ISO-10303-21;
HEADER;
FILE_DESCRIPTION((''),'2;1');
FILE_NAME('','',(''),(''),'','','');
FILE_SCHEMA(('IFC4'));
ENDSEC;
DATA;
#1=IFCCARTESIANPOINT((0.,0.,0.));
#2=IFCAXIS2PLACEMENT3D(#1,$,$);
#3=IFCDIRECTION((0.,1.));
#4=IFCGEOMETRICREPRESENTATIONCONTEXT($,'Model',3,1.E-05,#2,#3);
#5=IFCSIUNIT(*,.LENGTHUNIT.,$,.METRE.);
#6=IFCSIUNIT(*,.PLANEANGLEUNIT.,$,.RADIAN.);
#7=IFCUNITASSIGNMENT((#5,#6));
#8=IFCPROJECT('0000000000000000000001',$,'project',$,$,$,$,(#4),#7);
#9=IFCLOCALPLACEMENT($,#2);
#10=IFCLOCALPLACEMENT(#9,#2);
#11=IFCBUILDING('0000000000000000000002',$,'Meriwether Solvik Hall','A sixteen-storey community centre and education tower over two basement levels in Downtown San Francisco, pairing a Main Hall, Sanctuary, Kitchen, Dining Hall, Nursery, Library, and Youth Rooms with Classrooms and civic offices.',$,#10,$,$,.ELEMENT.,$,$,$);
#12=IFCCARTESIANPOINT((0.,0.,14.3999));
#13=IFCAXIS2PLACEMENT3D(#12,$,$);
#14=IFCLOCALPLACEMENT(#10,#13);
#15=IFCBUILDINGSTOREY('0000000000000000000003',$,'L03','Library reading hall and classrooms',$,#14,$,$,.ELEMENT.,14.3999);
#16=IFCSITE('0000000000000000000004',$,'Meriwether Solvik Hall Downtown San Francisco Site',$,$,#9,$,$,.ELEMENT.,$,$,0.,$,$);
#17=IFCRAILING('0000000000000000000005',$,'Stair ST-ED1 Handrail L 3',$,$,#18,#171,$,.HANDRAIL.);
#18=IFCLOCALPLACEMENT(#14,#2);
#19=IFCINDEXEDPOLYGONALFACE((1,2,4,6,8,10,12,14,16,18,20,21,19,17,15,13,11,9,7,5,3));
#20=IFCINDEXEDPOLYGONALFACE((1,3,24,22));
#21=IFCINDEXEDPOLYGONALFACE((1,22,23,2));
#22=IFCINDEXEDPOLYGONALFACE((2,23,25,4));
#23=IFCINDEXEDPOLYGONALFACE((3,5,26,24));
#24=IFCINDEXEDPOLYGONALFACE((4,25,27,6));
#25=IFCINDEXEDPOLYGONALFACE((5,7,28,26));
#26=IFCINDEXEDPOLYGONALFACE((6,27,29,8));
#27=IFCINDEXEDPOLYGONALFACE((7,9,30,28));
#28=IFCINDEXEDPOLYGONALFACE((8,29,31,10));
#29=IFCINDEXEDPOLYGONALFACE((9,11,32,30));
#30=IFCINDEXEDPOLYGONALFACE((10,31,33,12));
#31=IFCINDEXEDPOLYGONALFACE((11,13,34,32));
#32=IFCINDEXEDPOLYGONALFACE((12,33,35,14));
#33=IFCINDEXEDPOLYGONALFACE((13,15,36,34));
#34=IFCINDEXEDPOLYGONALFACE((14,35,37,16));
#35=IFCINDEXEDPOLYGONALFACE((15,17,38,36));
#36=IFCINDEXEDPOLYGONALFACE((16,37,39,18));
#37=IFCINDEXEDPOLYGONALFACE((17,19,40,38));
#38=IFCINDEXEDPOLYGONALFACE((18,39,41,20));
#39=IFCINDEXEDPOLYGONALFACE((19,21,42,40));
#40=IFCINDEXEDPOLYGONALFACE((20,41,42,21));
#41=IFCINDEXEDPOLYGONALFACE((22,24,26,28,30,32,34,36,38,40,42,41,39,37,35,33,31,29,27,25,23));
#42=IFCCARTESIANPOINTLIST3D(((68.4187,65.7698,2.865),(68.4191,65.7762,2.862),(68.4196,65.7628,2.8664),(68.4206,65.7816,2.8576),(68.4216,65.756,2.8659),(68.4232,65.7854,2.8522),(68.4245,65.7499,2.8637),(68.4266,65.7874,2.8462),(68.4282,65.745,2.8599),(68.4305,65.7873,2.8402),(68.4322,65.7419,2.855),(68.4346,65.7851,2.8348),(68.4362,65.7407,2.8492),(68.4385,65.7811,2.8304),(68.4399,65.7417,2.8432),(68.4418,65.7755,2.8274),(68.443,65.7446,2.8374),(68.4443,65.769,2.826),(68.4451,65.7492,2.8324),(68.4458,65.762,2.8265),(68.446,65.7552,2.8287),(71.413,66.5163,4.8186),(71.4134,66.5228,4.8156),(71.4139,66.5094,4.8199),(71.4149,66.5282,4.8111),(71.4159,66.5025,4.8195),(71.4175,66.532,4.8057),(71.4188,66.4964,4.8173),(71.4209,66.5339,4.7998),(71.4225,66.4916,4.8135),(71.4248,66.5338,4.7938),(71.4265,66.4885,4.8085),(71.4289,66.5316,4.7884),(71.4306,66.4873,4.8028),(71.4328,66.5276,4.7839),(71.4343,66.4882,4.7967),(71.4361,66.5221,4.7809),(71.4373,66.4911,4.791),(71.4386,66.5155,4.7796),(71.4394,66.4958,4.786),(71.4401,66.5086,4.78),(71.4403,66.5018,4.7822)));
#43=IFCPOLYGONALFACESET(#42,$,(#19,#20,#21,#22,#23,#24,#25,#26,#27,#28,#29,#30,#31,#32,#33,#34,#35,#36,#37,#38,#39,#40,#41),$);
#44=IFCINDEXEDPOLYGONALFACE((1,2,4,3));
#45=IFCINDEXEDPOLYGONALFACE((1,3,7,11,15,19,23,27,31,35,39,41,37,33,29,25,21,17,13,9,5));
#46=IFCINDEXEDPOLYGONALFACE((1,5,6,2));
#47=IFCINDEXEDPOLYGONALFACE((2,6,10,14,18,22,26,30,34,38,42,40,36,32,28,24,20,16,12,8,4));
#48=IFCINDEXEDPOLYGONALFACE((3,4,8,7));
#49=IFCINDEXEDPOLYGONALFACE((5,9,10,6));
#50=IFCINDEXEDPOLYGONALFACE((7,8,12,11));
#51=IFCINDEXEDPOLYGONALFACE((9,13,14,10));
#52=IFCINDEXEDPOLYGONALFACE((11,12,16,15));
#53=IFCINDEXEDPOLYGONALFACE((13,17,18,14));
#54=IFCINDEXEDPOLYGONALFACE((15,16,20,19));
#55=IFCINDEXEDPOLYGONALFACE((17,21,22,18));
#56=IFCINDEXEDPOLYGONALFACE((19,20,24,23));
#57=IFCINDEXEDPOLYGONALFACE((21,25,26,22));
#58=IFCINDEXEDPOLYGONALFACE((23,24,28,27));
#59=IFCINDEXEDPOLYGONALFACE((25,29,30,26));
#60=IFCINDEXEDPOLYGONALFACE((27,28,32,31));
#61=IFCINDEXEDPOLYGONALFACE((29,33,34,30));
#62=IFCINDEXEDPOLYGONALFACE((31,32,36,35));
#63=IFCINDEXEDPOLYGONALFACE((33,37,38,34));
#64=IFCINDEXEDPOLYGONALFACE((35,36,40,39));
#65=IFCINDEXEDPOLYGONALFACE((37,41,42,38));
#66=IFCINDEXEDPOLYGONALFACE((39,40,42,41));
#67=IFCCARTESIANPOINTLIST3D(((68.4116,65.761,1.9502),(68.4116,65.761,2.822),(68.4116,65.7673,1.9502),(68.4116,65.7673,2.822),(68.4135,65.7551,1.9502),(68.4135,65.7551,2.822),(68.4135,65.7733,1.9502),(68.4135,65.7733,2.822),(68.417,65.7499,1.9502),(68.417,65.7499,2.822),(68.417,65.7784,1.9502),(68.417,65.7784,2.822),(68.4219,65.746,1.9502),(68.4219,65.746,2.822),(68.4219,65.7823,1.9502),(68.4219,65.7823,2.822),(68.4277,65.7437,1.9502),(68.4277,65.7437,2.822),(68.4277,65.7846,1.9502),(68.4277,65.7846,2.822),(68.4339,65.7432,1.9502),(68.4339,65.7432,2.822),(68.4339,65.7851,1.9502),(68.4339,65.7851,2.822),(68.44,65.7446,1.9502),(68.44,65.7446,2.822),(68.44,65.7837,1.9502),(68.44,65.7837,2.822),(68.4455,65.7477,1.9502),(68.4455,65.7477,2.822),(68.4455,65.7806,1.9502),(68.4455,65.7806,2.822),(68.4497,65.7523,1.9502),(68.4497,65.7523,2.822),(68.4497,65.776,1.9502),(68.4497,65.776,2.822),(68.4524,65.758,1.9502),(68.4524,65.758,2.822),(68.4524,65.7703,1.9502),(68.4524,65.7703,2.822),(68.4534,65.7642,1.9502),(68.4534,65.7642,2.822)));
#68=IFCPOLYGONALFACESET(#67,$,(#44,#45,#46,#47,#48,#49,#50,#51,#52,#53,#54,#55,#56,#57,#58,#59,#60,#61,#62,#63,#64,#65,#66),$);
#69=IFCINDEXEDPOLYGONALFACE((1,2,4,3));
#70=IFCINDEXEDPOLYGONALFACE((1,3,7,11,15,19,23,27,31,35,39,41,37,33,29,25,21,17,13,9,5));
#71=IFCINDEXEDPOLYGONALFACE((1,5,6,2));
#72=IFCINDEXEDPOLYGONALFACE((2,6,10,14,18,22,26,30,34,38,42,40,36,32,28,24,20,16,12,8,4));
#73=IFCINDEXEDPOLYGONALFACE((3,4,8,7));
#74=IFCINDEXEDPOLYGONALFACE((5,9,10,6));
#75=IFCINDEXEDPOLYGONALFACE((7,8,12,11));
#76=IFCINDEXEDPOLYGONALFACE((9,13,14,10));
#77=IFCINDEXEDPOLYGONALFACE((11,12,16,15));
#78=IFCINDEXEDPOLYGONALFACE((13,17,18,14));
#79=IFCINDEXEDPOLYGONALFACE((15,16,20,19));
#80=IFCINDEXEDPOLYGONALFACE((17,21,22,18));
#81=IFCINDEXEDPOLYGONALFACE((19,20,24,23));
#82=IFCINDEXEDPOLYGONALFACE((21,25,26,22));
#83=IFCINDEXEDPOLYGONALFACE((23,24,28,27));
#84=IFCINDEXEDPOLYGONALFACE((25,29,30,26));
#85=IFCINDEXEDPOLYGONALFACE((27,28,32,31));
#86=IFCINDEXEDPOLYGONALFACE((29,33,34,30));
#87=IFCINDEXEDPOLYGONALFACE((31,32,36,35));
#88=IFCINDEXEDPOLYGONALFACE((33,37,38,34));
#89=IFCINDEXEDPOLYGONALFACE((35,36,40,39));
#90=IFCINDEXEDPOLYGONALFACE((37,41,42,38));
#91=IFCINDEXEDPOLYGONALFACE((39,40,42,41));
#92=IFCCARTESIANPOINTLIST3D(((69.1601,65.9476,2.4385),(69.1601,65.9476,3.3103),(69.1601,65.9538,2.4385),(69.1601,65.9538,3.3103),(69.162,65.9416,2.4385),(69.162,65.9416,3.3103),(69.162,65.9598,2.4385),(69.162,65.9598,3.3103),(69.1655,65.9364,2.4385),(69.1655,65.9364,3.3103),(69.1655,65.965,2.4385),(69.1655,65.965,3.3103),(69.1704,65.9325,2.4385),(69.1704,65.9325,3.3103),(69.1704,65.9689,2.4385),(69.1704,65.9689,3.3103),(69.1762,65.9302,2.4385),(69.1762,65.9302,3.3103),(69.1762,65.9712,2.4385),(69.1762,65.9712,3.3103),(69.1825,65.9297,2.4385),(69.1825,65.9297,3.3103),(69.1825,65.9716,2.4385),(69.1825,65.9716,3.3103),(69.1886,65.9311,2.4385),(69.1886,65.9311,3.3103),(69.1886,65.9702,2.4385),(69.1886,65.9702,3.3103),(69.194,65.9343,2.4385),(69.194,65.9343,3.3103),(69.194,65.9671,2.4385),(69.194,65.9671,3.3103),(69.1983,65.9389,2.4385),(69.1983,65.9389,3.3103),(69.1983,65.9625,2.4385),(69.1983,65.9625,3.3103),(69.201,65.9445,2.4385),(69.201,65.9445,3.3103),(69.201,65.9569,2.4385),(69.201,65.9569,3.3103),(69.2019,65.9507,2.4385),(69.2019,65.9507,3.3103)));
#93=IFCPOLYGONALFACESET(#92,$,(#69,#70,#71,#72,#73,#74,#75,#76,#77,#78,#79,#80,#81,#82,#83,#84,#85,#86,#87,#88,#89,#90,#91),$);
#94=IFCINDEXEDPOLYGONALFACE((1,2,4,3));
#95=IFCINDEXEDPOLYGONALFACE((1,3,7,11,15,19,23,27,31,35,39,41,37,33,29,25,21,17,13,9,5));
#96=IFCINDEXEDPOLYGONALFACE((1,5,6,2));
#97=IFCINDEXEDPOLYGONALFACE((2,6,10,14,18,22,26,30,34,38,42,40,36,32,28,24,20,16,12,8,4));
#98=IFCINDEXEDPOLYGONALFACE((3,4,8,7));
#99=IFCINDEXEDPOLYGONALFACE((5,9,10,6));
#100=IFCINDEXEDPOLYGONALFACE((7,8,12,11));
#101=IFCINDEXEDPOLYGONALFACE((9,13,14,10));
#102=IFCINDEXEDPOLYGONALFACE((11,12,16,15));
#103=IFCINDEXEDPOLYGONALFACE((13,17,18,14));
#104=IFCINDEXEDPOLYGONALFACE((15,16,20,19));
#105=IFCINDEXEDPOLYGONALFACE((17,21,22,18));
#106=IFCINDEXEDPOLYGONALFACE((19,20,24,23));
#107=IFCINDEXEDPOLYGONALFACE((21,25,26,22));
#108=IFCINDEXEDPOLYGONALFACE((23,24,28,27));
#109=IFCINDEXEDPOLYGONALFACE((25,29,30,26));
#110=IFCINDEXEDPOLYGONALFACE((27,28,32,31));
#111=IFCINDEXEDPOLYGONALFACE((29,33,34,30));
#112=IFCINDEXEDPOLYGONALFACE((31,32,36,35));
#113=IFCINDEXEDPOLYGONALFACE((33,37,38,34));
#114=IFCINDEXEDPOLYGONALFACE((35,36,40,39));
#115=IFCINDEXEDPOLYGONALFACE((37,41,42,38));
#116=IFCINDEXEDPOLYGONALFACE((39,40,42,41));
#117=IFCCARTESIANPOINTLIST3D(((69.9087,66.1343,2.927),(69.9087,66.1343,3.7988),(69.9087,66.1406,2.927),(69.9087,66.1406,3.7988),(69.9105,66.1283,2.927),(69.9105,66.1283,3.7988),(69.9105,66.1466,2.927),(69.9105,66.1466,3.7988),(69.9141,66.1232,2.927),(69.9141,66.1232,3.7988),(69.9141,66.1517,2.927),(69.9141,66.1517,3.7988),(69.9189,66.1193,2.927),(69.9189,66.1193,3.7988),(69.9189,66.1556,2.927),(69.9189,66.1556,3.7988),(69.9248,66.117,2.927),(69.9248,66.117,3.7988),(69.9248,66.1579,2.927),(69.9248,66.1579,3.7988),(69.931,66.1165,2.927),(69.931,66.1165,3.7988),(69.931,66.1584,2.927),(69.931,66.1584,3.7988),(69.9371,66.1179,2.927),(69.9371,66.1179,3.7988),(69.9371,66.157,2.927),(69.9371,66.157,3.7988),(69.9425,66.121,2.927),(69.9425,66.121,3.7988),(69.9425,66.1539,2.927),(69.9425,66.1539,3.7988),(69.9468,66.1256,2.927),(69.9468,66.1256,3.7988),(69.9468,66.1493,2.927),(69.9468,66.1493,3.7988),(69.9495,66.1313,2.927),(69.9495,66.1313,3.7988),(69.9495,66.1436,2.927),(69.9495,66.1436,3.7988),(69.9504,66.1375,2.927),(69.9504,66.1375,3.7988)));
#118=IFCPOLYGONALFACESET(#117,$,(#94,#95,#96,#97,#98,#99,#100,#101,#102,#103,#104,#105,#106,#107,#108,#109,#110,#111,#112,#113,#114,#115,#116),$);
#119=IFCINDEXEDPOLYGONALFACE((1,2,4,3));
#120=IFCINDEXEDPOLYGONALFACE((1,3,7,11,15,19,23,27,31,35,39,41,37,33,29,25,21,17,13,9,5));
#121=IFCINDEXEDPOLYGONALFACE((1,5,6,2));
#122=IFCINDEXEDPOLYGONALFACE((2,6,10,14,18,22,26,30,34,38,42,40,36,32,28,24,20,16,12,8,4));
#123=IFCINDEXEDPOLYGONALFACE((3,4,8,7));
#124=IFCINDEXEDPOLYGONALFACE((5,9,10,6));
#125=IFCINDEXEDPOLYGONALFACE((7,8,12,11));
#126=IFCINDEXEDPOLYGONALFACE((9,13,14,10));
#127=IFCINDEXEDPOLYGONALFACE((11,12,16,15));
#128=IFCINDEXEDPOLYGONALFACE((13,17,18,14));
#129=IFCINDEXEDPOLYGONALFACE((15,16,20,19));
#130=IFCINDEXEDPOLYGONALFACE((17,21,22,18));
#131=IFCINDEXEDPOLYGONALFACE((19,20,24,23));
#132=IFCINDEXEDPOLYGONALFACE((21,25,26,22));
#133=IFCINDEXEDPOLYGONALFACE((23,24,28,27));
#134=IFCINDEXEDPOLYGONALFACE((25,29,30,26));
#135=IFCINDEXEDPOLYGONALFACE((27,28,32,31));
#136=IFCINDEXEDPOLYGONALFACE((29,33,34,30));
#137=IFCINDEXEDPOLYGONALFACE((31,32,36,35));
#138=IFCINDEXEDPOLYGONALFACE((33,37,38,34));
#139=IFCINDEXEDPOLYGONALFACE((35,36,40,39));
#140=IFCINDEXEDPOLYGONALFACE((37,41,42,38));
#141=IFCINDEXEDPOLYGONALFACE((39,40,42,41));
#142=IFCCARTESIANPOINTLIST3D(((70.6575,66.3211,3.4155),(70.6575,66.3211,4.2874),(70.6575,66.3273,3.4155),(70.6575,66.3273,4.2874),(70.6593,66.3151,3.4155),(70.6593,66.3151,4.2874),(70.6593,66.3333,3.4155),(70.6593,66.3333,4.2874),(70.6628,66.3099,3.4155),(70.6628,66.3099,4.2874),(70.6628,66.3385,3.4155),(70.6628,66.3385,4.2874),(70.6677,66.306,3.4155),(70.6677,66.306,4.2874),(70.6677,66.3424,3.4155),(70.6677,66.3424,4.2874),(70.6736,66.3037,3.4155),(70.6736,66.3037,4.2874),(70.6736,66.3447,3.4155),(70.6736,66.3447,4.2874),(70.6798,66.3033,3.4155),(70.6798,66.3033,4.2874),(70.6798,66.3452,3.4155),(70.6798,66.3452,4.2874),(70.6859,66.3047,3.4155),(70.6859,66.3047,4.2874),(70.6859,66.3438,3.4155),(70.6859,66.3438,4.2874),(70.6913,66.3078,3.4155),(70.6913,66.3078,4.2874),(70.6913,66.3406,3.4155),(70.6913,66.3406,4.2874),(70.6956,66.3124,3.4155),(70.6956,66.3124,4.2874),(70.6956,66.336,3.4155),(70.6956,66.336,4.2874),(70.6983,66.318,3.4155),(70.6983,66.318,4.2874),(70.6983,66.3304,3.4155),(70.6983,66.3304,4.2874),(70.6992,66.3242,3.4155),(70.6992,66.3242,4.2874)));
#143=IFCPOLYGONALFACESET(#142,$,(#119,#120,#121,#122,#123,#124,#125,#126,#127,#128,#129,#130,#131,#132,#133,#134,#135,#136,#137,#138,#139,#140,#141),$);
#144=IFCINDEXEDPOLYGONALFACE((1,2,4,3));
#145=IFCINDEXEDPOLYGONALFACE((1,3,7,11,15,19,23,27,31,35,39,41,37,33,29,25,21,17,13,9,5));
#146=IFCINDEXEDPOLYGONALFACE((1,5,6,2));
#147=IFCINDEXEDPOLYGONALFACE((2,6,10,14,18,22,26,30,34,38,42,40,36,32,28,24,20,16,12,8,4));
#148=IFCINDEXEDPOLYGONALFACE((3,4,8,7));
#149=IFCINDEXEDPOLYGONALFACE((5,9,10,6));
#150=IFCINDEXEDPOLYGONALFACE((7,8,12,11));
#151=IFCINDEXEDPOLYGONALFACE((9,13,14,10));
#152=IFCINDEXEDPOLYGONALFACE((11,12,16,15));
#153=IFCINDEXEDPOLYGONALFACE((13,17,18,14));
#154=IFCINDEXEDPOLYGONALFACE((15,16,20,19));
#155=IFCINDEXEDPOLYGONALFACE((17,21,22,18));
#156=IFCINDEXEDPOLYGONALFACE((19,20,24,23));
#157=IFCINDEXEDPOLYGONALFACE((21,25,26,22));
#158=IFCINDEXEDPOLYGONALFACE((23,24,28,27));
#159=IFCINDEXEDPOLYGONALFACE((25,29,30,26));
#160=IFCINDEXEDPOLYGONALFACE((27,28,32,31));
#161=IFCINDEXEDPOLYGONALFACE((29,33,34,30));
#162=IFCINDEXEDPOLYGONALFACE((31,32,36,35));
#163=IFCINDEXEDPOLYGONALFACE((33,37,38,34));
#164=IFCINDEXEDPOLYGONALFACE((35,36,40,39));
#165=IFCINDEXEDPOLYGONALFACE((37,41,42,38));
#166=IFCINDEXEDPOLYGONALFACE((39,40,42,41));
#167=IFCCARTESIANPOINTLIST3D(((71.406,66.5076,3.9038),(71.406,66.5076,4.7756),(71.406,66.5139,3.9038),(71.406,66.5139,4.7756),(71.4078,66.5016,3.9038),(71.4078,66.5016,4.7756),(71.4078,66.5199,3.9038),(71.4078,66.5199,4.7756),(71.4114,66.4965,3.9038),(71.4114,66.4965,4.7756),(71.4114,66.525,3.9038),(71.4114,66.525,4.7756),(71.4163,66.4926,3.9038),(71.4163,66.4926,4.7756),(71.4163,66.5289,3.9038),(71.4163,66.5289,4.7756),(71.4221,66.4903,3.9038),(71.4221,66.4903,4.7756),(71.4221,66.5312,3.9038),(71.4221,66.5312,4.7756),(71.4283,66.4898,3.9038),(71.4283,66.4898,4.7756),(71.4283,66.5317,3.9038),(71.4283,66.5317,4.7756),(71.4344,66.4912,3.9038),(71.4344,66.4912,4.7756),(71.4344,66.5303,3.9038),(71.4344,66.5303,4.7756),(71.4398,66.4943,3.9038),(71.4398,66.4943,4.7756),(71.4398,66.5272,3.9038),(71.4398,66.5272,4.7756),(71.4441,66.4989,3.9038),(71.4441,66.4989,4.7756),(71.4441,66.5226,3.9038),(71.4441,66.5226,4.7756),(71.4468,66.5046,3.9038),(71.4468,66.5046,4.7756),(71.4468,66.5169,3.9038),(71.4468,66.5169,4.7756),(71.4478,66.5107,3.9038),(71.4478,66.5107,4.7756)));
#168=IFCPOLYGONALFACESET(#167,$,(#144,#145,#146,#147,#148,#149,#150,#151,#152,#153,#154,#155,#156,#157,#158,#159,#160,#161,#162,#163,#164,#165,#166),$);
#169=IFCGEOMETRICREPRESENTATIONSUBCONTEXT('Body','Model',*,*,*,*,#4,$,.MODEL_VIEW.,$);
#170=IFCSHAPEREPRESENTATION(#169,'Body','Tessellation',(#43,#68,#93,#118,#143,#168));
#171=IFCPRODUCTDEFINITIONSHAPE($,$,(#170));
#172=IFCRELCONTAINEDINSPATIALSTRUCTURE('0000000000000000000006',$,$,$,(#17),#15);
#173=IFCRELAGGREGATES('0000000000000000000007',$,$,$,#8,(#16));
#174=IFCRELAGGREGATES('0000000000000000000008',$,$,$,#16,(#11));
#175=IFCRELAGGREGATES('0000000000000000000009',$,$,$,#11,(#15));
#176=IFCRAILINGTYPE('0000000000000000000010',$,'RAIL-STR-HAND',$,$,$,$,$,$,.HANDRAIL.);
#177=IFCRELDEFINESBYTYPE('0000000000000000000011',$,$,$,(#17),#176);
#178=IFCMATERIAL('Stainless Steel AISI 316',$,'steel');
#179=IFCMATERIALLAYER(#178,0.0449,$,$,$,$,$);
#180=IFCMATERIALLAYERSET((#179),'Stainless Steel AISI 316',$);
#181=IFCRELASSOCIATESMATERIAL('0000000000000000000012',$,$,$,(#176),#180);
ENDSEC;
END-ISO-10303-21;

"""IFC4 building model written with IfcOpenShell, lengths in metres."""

from ifc_helpers import new_model, si_unit, direction, frame, origin, origin_2d, place, context, subcontext, project, spatial, circle, extrude, material, layer, layer_set, type_object, element, save


model = new_model("IFC4")

# Units and contexts
model_context = context("Model", 3, precision=1e-05, world=origin(), true_north=direction((0.0, 1.0)))
body_context = subcontext(model_context, "Body", "Model", "MODEL_VIEW")
ifc_project = project(units=[si_unit("LENGTHUNIT", "METRE"), si_unit("PLANEANGLEUNIT", "RADIAN")], contexts=[model_context])

# Site, building, storey
site_placement = place(None, origin())
site = spatial("IfcSite", under=ifc_project, at=site_placement, Name="Meriwether Solvik Hall Downtown San Francisco Site", CompositionType="ELEMENT", RefElevation=0.0)
building_placement = place(site_placement, origin())
building = spatial("IfcBuilding", under=site, at=building_placement, Name="Meriwether Solvik Hall", Description="A sixteen-storey community centre and education tower over two basement levels in Downtown San Francisco, pairing a Main Hall, Sanctuary, Kitchen, Dining Hall, Nursery, Library, and Youth Rooms with Classrooms and civic offices.", CompositionType="ELEMENT")
storey_placement = place(building_placement, frame((0.0, 0.0, 14.3999)))
storey = spatial("IfcBuildingStorey", under=building, at=storey_placement, Name="L03", Description="Library reading hall and classrooms", CompositionType="ELEMENT", Elevation=14.3999)

# Railing
ifc_material_1 = material(Name="Stainless Steel AISI 316", Category="steel")
ifc_layer_1 = layer(ifc_material_1, 0.0449)
ifc_layer_set_1 = layer_set([ifc_layer_1], Name="Stainless Steel AISI 316")
railing_type_1 = type_object("IfcRailingType", Name="RAIL-STR-HAND", PredefinedType="HANDRAIL", material=ifc_layer_set_1)
railing_1_placement = place(storey_placement, frame((68.4324, 65.7642, 1.9502)))
element("IfcRailing", 1, at=railing_1_placement, inside=storey, type_object=railing_type_1, Name="Stair ST-ED1 Handrail L 3", PredefinedType="HANDRAIL", context=body_context, shape_type="SweptSolid", body=[
    extrude(circle(Radius=0.0239, at=origin_2d()), frame((0.0, 0.0, 0.896), z_axis=(0.819831, 0.204406, 0.534879), x_axis=(-0.241921, 0.970296, 0.0)), (0.0, 0.0, 1.0), 3.6523),
    extrude(circle(Radius=0.021, at=origin_2d()), origin(), (0.0, 0.0, 1.0), 0.8718),
    extrude(circle(Radius=0.021, at=origin_2d()), frame((0.7485, 0.1865, 0.4883)), (0.0, 0.0, 1.0), 0.8718),
    extrude(circle(Radius=0.021, at=origin_2d()), frame((1.4971, 0.3733, 0.9768)), (0.0, 0.0, 1.0), 0.8718),
    extrude(circle(Radius=0.021, at=origin_2d()), frame((2.2458, 0.5601, 1.4653)), (0.0, 0.0, 1.0), 0.8718),
    extrude(circle(Radius=0.021, at=origin_2d()), frame((2.9944, 0.7466, 1.9536)), (0.0, 0.0, 1.0), 0.8718),
])

save(model, "model.ifc")
